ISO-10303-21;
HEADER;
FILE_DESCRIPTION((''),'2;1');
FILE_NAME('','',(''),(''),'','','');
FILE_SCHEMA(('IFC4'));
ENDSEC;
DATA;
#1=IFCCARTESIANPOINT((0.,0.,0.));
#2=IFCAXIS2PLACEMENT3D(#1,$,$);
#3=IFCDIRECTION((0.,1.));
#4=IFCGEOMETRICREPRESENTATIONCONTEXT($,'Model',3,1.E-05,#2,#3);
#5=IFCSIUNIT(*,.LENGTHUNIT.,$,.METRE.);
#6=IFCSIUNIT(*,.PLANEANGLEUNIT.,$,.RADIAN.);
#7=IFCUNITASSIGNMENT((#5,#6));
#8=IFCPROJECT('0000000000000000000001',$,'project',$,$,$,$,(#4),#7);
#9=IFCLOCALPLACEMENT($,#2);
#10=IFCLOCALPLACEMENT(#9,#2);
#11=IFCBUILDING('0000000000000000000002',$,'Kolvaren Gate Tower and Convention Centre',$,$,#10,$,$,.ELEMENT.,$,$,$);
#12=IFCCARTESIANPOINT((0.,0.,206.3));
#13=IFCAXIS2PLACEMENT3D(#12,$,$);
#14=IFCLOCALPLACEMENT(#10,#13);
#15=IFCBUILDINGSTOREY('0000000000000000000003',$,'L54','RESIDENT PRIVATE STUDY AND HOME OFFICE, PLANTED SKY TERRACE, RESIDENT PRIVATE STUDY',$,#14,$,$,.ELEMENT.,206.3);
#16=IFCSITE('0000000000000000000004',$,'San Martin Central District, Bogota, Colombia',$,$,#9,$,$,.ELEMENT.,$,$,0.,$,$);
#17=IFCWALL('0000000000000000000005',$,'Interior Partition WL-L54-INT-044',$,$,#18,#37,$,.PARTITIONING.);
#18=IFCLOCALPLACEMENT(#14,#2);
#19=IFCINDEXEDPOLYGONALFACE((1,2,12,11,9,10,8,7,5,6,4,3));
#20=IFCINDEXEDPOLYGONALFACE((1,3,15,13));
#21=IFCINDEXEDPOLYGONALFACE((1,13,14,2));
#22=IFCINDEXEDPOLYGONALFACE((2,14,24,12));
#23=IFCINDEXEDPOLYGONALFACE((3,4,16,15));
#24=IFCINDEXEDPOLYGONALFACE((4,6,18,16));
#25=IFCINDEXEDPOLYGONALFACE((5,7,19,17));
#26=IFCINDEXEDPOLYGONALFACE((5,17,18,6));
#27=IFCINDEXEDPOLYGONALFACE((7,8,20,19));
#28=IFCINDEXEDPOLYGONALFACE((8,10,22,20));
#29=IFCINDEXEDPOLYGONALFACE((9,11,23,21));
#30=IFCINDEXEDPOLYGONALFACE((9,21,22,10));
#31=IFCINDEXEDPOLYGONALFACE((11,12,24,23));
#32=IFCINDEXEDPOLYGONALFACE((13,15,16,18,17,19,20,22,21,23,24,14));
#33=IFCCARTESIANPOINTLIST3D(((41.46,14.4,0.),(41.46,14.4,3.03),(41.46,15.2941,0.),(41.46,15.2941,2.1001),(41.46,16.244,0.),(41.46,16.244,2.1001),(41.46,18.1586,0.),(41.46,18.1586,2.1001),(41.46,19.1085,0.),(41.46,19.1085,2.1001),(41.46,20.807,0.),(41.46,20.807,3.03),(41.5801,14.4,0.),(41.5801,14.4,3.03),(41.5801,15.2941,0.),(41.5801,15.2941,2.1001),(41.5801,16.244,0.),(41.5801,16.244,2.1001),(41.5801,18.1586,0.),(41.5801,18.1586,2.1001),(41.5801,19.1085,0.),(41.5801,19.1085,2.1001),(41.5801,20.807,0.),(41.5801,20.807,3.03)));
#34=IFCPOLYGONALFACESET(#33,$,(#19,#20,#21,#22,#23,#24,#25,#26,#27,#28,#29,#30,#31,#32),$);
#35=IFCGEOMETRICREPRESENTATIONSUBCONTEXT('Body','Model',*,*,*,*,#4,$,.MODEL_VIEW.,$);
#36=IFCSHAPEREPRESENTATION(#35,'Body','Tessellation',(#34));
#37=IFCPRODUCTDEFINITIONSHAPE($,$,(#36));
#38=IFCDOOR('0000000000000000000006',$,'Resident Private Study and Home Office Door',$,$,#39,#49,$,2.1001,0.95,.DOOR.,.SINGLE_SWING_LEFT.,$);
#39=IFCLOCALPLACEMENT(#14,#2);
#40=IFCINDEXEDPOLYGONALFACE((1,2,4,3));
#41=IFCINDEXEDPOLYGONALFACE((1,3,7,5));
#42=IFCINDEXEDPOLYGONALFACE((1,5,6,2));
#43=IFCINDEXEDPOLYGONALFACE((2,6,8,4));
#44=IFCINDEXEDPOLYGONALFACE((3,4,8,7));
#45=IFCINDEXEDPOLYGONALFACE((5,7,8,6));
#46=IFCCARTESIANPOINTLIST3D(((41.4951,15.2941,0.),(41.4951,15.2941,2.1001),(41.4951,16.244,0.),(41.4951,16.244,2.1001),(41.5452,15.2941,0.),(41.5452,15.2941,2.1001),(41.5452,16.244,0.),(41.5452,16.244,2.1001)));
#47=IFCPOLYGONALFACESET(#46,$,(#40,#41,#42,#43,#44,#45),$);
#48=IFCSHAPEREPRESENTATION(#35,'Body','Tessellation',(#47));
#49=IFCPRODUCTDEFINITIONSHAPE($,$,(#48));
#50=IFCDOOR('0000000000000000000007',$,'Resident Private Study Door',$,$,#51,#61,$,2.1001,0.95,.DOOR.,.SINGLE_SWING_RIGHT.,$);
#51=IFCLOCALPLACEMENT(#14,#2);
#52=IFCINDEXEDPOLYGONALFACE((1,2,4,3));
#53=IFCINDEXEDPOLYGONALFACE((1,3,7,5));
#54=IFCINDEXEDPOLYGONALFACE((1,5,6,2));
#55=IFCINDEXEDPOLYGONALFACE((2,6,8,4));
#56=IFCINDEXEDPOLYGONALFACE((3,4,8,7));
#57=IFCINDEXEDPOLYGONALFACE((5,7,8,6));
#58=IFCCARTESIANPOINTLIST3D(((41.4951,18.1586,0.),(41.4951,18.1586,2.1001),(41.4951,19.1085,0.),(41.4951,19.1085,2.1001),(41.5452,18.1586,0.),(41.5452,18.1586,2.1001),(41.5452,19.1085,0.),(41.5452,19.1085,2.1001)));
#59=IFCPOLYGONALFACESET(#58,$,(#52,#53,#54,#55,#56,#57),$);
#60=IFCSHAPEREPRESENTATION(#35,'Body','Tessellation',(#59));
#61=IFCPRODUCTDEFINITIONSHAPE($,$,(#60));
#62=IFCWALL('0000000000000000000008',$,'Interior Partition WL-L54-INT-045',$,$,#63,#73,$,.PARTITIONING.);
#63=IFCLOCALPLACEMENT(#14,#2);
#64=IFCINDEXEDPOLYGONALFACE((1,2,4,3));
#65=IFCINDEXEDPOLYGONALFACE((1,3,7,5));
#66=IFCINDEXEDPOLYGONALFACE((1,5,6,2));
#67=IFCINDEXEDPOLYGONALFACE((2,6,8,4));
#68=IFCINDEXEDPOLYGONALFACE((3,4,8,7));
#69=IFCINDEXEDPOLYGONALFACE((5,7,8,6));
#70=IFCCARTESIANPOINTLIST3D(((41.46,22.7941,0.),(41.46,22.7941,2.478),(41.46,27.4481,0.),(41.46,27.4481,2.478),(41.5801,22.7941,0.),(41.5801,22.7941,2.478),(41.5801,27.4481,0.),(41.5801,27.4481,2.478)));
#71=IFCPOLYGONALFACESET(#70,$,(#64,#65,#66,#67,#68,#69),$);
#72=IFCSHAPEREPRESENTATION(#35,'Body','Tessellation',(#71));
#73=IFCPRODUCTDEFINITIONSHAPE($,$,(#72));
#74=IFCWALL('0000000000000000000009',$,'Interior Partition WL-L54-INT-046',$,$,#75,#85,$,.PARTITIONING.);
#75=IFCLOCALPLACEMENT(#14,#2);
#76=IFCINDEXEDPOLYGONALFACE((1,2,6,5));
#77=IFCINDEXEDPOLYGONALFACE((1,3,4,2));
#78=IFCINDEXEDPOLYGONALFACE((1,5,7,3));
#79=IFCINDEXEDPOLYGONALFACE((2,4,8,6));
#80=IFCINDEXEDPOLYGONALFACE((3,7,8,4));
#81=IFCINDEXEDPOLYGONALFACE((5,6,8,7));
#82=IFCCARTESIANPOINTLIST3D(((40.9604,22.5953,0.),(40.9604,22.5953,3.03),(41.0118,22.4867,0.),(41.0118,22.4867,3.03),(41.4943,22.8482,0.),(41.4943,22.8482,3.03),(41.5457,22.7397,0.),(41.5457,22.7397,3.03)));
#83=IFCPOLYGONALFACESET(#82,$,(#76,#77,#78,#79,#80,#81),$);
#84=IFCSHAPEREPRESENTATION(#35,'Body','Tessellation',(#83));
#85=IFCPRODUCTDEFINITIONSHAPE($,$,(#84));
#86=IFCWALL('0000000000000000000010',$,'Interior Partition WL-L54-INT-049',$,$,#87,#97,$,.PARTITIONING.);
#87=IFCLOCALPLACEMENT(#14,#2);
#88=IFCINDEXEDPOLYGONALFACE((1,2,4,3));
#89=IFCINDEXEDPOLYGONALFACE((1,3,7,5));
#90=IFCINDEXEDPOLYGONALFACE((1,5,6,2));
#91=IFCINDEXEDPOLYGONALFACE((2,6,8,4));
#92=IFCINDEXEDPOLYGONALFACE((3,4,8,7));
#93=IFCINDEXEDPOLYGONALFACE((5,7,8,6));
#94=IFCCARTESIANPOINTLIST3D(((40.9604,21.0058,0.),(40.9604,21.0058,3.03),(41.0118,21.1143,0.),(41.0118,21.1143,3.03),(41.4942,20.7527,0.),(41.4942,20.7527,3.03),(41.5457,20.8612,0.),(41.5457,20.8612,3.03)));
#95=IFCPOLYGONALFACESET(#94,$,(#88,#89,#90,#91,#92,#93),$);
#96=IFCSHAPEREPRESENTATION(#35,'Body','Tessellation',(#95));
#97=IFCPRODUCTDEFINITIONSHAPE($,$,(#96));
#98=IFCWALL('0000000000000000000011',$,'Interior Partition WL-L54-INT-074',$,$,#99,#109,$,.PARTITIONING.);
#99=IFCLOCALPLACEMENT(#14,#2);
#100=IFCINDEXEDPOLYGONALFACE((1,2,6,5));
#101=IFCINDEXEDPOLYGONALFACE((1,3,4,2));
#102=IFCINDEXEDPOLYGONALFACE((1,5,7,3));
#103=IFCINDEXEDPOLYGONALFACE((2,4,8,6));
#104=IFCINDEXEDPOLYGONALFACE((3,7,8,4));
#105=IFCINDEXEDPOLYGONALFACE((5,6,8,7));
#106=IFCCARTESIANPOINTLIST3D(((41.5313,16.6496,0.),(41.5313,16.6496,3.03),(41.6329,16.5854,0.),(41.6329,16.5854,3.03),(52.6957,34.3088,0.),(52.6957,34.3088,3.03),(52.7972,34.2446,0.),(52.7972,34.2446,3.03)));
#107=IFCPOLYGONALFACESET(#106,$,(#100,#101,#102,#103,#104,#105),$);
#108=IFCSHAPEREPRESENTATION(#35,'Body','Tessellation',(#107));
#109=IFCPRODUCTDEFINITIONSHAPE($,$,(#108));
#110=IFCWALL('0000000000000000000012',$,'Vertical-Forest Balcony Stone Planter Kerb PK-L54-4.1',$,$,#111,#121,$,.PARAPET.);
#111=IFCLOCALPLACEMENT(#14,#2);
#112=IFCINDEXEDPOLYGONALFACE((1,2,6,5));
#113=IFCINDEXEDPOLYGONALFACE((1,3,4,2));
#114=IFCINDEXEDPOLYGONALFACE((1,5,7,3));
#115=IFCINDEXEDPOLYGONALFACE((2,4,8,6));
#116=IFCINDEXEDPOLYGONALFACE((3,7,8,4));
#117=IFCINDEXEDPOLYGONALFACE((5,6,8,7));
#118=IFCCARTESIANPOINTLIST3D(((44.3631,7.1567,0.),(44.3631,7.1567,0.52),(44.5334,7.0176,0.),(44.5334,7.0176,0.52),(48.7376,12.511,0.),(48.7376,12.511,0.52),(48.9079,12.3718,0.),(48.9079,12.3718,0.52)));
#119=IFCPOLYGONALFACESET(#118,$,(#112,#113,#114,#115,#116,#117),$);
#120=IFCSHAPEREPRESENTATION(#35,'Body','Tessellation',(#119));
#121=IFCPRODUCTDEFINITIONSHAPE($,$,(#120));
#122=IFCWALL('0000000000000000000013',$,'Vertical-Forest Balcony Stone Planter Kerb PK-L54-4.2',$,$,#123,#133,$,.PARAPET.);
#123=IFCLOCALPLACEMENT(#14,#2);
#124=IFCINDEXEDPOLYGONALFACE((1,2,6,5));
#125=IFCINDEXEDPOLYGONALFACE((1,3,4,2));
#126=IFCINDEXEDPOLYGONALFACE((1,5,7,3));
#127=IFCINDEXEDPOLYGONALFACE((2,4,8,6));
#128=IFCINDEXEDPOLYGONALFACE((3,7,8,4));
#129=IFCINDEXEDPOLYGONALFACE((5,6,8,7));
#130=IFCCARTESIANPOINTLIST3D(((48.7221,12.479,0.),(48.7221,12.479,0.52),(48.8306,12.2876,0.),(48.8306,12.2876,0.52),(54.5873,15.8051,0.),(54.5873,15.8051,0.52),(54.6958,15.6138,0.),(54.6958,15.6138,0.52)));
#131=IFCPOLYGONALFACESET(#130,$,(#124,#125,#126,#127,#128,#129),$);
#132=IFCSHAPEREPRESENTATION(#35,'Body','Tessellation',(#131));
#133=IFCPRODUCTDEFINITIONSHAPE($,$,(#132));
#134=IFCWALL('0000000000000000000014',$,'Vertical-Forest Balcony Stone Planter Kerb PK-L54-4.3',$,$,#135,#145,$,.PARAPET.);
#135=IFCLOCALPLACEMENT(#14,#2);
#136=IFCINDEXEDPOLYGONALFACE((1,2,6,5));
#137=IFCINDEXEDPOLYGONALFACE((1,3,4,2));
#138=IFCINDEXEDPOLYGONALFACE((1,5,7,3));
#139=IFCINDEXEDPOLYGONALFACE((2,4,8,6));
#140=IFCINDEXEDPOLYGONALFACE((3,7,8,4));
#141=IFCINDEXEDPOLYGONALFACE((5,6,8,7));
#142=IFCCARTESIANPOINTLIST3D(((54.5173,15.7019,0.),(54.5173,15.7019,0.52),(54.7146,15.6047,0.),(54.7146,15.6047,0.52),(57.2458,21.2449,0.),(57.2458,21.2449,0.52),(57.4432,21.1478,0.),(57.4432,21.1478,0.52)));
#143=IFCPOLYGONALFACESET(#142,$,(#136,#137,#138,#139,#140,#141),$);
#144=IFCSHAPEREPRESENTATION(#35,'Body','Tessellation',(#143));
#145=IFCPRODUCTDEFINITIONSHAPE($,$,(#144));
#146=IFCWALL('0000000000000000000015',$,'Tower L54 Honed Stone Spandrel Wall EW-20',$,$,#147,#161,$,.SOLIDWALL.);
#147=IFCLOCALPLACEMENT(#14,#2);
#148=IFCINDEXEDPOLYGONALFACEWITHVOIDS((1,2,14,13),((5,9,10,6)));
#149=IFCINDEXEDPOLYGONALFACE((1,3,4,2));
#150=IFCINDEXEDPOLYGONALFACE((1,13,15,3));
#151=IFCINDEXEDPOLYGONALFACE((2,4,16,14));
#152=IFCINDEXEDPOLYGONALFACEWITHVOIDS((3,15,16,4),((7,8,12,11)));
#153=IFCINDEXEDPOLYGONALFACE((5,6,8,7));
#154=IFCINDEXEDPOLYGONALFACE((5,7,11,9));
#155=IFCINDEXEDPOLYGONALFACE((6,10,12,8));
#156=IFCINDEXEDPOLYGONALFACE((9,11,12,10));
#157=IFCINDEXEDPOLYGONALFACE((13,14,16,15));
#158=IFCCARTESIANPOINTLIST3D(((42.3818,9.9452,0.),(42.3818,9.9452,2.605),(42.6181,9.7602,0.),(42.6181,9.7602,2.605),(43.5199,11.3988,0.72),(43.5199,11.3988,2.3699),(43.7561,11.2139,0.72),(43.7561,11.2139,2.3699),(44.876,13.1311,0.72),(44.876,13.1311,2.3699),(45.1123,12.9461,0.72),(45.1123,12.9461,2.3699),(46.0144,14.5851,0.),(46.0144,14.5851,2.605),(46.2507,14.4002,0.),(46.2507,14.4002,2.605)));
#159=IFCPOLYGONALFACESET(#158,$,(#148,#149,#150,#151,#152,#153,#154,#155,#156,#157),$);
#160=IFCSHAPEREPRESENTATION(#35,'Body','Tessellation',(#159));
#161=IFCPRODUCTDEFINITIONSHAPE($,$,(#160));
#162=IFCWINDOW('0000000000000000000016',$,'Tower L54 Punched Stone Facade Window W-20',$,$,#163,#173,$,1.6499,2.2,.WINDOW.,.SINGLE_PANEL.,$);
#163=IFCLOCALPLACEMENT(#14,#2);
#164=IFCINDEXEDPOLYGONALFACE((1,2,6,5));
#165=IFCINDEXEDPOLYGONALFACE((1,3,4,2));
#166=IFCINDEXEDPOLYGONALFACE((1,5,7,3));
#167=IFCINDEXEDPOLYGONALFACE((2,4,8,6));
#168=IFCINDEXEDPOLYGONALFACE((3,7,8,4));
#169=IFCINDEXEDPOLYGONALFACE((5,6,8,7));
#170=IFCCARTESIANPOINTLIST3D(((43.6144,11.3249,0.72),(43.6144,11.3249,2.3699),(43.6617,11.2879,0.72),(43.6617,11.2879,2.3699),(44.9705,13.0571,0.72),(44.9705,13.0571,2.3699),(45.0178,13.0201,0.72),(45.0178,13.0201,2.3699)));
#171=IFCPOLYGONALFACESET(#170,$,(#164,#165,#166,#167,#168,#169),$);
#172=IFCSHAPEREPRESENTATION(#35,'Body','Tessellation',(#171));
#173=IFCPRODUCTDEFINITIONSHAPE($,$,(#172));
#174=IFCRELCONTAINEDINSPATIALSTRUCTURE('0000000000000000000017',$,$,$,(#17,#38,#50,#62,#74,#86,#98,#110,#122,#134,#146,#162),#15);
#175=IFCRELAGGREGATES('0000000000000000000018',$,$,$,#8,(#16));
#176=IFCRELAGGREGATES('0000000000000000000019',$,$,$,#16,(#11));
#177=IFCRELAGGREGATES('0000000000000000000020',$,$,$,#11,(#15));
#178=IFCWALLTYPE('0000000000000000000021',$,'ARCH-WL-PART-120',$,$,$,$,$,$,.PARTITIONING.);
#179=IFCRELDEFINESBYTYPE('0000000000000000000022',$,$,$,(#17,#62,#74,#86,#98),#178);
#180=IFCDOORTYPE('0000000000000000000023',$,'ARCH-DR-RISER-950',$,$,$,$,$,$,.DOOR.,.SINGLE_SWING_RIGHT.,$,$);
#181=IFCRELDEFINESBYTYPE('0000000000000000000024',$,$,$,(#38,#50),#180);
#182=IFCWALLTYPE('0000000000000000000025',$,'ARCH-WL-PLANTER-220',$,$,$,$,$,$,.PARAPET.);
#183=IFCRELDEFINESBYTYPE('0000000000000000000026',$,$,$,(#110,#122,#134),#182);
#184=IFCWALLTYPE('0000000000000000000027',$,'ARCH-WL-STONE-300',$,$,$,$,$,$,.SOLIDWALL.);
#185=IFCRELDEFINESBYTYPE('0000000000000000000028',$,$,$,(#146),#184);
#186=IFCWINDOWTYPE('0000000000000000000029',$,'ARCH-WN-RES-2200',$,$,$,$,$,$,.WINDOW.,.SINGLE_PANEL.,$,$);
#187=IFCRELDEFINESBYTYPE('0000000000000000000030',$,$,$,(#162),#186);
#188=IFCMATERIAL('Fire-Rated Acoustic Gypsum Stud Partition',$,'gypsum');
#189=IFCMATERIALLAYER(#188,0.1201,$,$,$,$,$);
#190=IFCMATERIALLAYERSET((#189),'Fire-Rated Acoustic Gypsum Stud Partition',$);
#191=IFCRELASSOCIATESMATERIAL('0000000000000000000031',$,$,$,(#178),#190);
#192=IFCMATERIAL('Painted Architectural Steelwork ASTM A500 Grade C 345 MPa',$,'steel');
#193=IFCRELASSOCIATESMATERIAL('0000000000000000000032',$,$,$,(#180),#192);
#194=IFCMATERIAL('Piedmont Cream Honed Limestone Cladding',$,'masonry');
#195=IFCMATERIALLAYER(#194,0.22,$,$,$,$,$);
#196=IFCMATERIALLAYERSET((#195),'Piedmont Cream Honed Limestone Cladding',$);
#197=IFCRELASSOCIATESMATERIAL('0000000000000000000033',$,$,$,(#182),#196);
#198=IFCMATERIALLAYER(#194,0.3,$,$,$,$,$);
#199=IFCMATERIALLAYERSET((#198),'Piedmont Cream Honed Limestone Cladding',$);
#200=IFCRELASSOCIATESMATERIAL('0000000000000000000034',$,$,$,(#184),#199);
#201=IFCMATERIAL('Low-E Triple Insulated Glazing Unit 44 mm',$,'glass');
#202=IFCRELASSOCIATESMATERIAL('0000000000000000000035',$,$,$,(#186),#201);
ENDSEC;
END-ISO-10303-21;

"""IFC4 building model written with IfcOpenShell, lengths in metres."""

from ifc_helpers import new_model, si_unit, direction, frame, frame_2d, origin, place, context, subcontext, project, spatial, rectangle, extrude, material, layer, layer_set, type_object, element, fill, save


model = new_model("IFC4")

# Units and contexts
model_context = context("Model", 3, precision=1e-05, world=origin(), true_north=direction((0.0, 1.0)))
body_context = subcontext(model_context, "Body", "Model", "MODEL_VIEW")
ifc_project = project(units=[si_unit("LENGTHUNIT", "METRE"), si_unit("PLANEANGLEUNIT", "RADIAN")], contexts=[model_context])

# Site, building, storey
site_placement = place(None, origin())
site = spatial("IfcSite", under=ifc_project, at=site_placement, Name="San Martin Central District, Bogota, Colombia", CompositionType="ELEMENT", RefElevation=0.0)
building_placement = place(site_placement, origin())
building = spatial("IfcBuilding", under=site, at=building_placement, Name="Kolvaren Gate Tower and Convention Centre", CompositionType="ELEMENT")
storey_placement = place(building_placement, frame((0.0, 0.0, 206.3)))
storey = spatial("IfcBuildingStorey", under=building, at=storey_placement, Name="L54", Description="RESIDENT PRIVATE STUDY AND HOME OFFICE, PLANTED SKY TERRACE, RESIDENT PRIVATE STUDY", CompositionType="ELEMENT", Elevation=206.3)

# Wall, openings, doors
ifc_material_1 = material(Name="Fire-Rated Acoustic Gypsum Stud Partition", Category="gypsum")
ifc_layer_1 = layer(ifc_material_1, 0.1201)
ifc_layer_set_1 = layer_set([ifc_layer_1], Name="Fire-Rated Acoustic Gypsum Stud Partition")
wall_type_1 = type_object("IfcWallType", Name="ARCH-WL-PART-120", PredefinedType="PARTITIONING", material=ifc_layer_set_1)
wall_1_placement = place(storey_placement, frame((41.52, 14.3999, 0.0), z_axis=(0.0, 0.0, 1.0), x_axis=(0.0, 1.0, 0.0)))
wall_1 = element("IfcWall", 1, at=wall_1_placement, inside=storey, type_object=wall_type_1, Name="Interior Partition WL-L54-INT-044", PredefinedType="PARTITIONING", context=body_context, shape_type="SweptSolid", body=[
    extrude(rectangle(XDim=6.407, YDim=0.1201, at=frame_2d((3.2036, 0.0))), origin(), (0.0, 0.0, 1.0), 3.03),
])
opening_1_placement = place(wall_1_placement, frame((0.894, 0.0, 0.0)))
opening_1 = element("IfcOpeningElement", 2, at=opening_1_placement, cuts=wall_1, PredefinedType="OPENING", context=body_context, shape_type="SweptSolid", body=[
    extrude(rectangle(XDim=0.95, YDim=2.1001, at=frame_2d((0.4751, 1.05))), frame((0.0, 0.0701, 0.0), z_axis=(0.0, -1.0, 0.0), x_axis=(1.0, 0.0, 0.0)), (0.0, 0.0, 1.0), 0.1401),
])
opening_2_placement = place(wall_1_placement, frame((3.7585, 0.0, 0.0)))
opening_2 = element("IfcOpeningElement", 3, at=opening_2_placement, cuts=wall_1, PredefinedType="OPENING", context=body_context, shape_type="SweptSolid", body=[
    extrude(rectangle(XDim=0.95, YDim=2.1001, at=frame_2d((0.4751, 1.05))), frame((0.0, 0.0701, 0.0), z_axis=(0.0, -1.0, 0.0), x_axis=(1.0, 0.0, 0.0)), (0.0, 0.0, 1.0), 0.1401),
])
ifc_material_2 = material(Name="Painted Architectural Steelwork ASTM A500 Grade C 345 MPa", Category="steel")
door_type_1 = type_object("IfcDoorType", Name="ARCH-DR-RISER-950", OperationType="SINGLE_SWING_RIGHT", PredefinedType="DOOR", material=ifc_material_2)
door_1_placement = place(opening_1_placement, origin())
door_1 = element("IfcDoor", 4, at=door_1_placement, inside=storey, type_object=door_type_1, Name="Resident Private Study and Home Office Door", OperationType="SINGLE_SWING_LEFT", OverallHeight=2.1001, OverallWidth=0.95, PredefinedType="DOOR", context=body_context, shape_type="SweptSolid", body=[
    extrude(rectangle(XDim=0.95, YDim=2.1001, at=frame_2d((0.4751, 1.05))), frame((0.0, 0.0249, 0.0), z_axis=(0.0, -1.0, 0.0), x_axis=(1.0, 0.0, 0.0)), (0.0, 0.0, 1.0), 0.05),
])
fill(opening_1, door_1)
door_2_placement = place(opening_2_placement, origin())
door_2 = element("IfcDoor", 5, at=door_2_placement, inside=storey, type_object=door_type_1, Name="Resident Private Study Door", OperationType="SINGLE_SWING_RIGHT", OverallHeight=2.1001, OverallWidth=0.95, PredefinedType="DOOR", context=body_context, shape_type="SweptSolid", body=[
    extrude(rectangle(XDim=0.95, YDim=2.1001, at=frame_2d((0.4751, 1.05))), frame((0.0, 0.0249, 0.0), z_axis=(0.0, -1.0, 0.0), x_axis=(1.0, 0.0, 0.0)), (0.0, 0.0, 1.0), 0.05),
])
fill(opening_2, door_2)

# Walls
wall_2_placement = place(storey_placement, frame((41.52, 22.7939, 0.0), z_axis=(0.0, 0.0, 1.0), x_axis=(0.0, 1.0, 0.0)))
element("IfcWall", 6, at=wall_2_placement, inside=storey, type_object=wall_type_1, Name="Interior Partition WL-L54-INT-045", PredefinedType="PARTITIONING", context=body_context, shape_type="SweptSolid", body=[
    extrude(rectangle(XDim=4.6541, YDim=0.1201, at=frame_2d((2.3271, 0.0))), origin(), (0.0, 0.0, 1.0), 2.478),
])
for number, where, z_axis, x_axis, name in (
    (7, (40.9861, 22.541, 0.0), (0.0, 0.0, 1.0), (0.903729, 0.428104, 0.0), "Interior Partition WL-L54-INT-046"),
    (8, (40.9861, 21.0601, 0.0), (0.0, 0.0, 1.0), (0.90357, -0.428442, 0.0), "Interior Partition WL-L54-INT-049"),
):
    element("IfcWall", number, at=place(storey_placement, frame(where, z_axis=z_axis, x_axis=x_axis)), inside=storey, type_object=wall_type_1, Name=name, PredefinedType="PARTITIONING", context=body_context, shape_type="SweptSolid", body=[
        extrude(rectangle(XDim=0.5908, YDim=0.1201, at=frame_2d((0.2954, 0.0))), origin(), (0.0, 0.0, 1.0), 3.03),
    ])
wall_3_placement = place(storey_placement, frame((41.582, 16.6174, 0.0), z_axis=(0.0, 0.0, 1.0), x_axis=(0.534374, 0.845248, 0.0)))
element("IfcWall", 9, at=wall_3_placement, inside=storey, type_object=wall_type_1, Name="Interior Partition WL-L54-INT-074", PredefinedType="PARTITIONING", context=body_context, shape_type="SweptSolid", body=[
    extrude(rectangle(XDim=20.8923, YDim=0.1201, at=frame_2d((10.4463, 0.0))), origin(), (0.0, 0.0, 1.0), 3.03),
])
ifc_material_3 = material(Name="Piedmont Cream Honed Limestone Cladding", Category="masonry")
ifc_layer_2 = layer(ifc_material_3, 0.22)
ifc_layer_set_2 = layer_set([ifc_layer_2], Name="Piedmont Cream Honed Limestone Cladding")
wall_type_2 = type_object("IfcWallType", Name="ARCH-WL-PLANTER-220", PredefinedType="PARAPET", material=ifc_layer_set_2)
wall_4_placement = place(storey_placement, frame((44.4482, 7.0872, 0.0), z_axis=(0.0, 0.0, 1.0), x_axis=(0.632697, 0.774399, 0.0)))
element("IfcWall", 10, at=wall_4_placement, inside=storey, type_object=wall_type_2, Name="Vertical-Forest Balcony Stone Planter Kerb PK-L54-4.1", PredefinedType="PARAPET", context=body_context, shape_type="SweptSolid", body=[
    extrude(rectangle(XDim=6.9141, YDim=0.22, at=frame_2d((3.457, 0.0))), origin(), (0.0, 0.0, 1.0), 0.52),
])
wall_5_placement = place(storey_placement, frame((48.7764, 12.3833, 0.0), z_axis=(0.0, 0.0, 1.0), x_axis=(0.869861, 0.493298, 0.0)))
element("IfcWall", 11, at=wall_5_placement, inside=storey, type_object=wall_type_2, Name="Vertical-Forest Balcony Stone Planter Kerb PK-L54-4.2", PredefinedType="PARAPET", context=body_context, shape_type="SweptSolid", body=[
    extrude(rectangle(XDim=6.7427, YDim=0.22, at=frame_2d((3.3713, 0.0))), origin(), (0.0, 0.0, 1.0), 0.52),
])
wall_6_placement = place(storey_placement, frame((54.616, 15.6533, 0.0), z_axis=(0.0, 0.0, 1.0), x_axis=(0.441641, 0.897192, 0.0)))
element("IfcWall", 12, at=wall_6_placement, inside=storey, type_object=wall_type_2, Name="Vertical-Forest Balcony Stone Planter Kerb PK-L54-4.3", PredefinedType="PARAPET", context=body_context, shape_type="SweptSolid", body=[
    extrude(rectangle(XDim=6.1782, YDim=0.22, at=frame_2d((3.0891, 0.0))), origin(), (0.0, 0.0, 1.0), 0.52),
])

# Wall, opening, window
ifc_layer_3 = layer(ifc_material_3, 0.3)
ifc_layer_set_3 = layer_set([ifc_layer_3], Name="Piedmont Cream Honed Limestone Cladding")
wall_type_3 = type_object("IfcWallType", Name="ARCH-WL-STONE-300", PredefinedType="SOLIDWALL", material=ifc_layer_set_3)
wall_7_placement = place(storey_placement, frame((42.5, 9.8528, 0.0), z_axis=(0.0, 0.0, 1.0), x_axis=(0.61645, 0.787394, 0.0)))
wall_7 = element("IfcWall", 13, at=wall_7_placement, inside=storey, type_object=wall_type_3, Name="Tower L54 Honed Stone Spandrel Wall EW-20", PredefinedType="SOLIDWALL", context=body_context, shape_type="SweptSolid", body=[
    extrude(rectangle(XDim=5.8928, YDim=0.3, at=frame_2d((2.9463, 0.0))), origin(), (0.0, 0.0, 1.0), 2.605),
])
opening_3_placement = place(wall_7_placement, frame((1.8459, 0.0, 0.72)))
opening_3 = element("IfcOpeningElement", 14, at=opening_3_placement, cuts=wall_7, PredefinedType="OPENING", context=body_context, shape_type="SweptSolid", body=[
    extrude(rectangle(XDim=2.2, YDim=1.6499, at=frame_2d((1.1001, 0.825))), frame((0.0, 0.1599, 0.0), z_axis=(0.0, -1.0, 0.0), x_axis=(1.0, 0.0, 0.0)), (0.0, 0.0, 1.0), 0.3201),
])
ifc_material_4 = material(Name="Low-E Triple Insulated Glazing Unit 44 mm", Category="glass")
window_type = type_object("IfcWindowType", Name="ARCH-WN-RES-2200", PartitioningType="SINGLE_PANEL", PredefinedType="WINDOW", material=ifc_material_4)
window_1_placement = place(opening_3_placement, origin())
window_1 = element("IfcWindow", 15, at=window_1_placement, inside=storey, type_object=window_type, Name="Tower L54 Punched Stone Facade Window W-20", OverallHeight=1.6499, OverallWidth=2.2, PartitioningType="SINGLE_PANEL", PredefinedType="WINDOW", context=body_context, shape_type="SweptSolid", body=[
    extrude(rectangle(XDim=2.2, YDim=1.6499, at=frame_2d((1.1001, 0.825))), frame((0.0, 0.03, 0.0), z_axis=(0.0, -1.0, 0.0), x_axis=(1.0, 0.0, 0.0)), (0.0, 0.0, 1.0), 0.0601),
])
fill(opening_3, window_1)

save(model, "model.ifc")
